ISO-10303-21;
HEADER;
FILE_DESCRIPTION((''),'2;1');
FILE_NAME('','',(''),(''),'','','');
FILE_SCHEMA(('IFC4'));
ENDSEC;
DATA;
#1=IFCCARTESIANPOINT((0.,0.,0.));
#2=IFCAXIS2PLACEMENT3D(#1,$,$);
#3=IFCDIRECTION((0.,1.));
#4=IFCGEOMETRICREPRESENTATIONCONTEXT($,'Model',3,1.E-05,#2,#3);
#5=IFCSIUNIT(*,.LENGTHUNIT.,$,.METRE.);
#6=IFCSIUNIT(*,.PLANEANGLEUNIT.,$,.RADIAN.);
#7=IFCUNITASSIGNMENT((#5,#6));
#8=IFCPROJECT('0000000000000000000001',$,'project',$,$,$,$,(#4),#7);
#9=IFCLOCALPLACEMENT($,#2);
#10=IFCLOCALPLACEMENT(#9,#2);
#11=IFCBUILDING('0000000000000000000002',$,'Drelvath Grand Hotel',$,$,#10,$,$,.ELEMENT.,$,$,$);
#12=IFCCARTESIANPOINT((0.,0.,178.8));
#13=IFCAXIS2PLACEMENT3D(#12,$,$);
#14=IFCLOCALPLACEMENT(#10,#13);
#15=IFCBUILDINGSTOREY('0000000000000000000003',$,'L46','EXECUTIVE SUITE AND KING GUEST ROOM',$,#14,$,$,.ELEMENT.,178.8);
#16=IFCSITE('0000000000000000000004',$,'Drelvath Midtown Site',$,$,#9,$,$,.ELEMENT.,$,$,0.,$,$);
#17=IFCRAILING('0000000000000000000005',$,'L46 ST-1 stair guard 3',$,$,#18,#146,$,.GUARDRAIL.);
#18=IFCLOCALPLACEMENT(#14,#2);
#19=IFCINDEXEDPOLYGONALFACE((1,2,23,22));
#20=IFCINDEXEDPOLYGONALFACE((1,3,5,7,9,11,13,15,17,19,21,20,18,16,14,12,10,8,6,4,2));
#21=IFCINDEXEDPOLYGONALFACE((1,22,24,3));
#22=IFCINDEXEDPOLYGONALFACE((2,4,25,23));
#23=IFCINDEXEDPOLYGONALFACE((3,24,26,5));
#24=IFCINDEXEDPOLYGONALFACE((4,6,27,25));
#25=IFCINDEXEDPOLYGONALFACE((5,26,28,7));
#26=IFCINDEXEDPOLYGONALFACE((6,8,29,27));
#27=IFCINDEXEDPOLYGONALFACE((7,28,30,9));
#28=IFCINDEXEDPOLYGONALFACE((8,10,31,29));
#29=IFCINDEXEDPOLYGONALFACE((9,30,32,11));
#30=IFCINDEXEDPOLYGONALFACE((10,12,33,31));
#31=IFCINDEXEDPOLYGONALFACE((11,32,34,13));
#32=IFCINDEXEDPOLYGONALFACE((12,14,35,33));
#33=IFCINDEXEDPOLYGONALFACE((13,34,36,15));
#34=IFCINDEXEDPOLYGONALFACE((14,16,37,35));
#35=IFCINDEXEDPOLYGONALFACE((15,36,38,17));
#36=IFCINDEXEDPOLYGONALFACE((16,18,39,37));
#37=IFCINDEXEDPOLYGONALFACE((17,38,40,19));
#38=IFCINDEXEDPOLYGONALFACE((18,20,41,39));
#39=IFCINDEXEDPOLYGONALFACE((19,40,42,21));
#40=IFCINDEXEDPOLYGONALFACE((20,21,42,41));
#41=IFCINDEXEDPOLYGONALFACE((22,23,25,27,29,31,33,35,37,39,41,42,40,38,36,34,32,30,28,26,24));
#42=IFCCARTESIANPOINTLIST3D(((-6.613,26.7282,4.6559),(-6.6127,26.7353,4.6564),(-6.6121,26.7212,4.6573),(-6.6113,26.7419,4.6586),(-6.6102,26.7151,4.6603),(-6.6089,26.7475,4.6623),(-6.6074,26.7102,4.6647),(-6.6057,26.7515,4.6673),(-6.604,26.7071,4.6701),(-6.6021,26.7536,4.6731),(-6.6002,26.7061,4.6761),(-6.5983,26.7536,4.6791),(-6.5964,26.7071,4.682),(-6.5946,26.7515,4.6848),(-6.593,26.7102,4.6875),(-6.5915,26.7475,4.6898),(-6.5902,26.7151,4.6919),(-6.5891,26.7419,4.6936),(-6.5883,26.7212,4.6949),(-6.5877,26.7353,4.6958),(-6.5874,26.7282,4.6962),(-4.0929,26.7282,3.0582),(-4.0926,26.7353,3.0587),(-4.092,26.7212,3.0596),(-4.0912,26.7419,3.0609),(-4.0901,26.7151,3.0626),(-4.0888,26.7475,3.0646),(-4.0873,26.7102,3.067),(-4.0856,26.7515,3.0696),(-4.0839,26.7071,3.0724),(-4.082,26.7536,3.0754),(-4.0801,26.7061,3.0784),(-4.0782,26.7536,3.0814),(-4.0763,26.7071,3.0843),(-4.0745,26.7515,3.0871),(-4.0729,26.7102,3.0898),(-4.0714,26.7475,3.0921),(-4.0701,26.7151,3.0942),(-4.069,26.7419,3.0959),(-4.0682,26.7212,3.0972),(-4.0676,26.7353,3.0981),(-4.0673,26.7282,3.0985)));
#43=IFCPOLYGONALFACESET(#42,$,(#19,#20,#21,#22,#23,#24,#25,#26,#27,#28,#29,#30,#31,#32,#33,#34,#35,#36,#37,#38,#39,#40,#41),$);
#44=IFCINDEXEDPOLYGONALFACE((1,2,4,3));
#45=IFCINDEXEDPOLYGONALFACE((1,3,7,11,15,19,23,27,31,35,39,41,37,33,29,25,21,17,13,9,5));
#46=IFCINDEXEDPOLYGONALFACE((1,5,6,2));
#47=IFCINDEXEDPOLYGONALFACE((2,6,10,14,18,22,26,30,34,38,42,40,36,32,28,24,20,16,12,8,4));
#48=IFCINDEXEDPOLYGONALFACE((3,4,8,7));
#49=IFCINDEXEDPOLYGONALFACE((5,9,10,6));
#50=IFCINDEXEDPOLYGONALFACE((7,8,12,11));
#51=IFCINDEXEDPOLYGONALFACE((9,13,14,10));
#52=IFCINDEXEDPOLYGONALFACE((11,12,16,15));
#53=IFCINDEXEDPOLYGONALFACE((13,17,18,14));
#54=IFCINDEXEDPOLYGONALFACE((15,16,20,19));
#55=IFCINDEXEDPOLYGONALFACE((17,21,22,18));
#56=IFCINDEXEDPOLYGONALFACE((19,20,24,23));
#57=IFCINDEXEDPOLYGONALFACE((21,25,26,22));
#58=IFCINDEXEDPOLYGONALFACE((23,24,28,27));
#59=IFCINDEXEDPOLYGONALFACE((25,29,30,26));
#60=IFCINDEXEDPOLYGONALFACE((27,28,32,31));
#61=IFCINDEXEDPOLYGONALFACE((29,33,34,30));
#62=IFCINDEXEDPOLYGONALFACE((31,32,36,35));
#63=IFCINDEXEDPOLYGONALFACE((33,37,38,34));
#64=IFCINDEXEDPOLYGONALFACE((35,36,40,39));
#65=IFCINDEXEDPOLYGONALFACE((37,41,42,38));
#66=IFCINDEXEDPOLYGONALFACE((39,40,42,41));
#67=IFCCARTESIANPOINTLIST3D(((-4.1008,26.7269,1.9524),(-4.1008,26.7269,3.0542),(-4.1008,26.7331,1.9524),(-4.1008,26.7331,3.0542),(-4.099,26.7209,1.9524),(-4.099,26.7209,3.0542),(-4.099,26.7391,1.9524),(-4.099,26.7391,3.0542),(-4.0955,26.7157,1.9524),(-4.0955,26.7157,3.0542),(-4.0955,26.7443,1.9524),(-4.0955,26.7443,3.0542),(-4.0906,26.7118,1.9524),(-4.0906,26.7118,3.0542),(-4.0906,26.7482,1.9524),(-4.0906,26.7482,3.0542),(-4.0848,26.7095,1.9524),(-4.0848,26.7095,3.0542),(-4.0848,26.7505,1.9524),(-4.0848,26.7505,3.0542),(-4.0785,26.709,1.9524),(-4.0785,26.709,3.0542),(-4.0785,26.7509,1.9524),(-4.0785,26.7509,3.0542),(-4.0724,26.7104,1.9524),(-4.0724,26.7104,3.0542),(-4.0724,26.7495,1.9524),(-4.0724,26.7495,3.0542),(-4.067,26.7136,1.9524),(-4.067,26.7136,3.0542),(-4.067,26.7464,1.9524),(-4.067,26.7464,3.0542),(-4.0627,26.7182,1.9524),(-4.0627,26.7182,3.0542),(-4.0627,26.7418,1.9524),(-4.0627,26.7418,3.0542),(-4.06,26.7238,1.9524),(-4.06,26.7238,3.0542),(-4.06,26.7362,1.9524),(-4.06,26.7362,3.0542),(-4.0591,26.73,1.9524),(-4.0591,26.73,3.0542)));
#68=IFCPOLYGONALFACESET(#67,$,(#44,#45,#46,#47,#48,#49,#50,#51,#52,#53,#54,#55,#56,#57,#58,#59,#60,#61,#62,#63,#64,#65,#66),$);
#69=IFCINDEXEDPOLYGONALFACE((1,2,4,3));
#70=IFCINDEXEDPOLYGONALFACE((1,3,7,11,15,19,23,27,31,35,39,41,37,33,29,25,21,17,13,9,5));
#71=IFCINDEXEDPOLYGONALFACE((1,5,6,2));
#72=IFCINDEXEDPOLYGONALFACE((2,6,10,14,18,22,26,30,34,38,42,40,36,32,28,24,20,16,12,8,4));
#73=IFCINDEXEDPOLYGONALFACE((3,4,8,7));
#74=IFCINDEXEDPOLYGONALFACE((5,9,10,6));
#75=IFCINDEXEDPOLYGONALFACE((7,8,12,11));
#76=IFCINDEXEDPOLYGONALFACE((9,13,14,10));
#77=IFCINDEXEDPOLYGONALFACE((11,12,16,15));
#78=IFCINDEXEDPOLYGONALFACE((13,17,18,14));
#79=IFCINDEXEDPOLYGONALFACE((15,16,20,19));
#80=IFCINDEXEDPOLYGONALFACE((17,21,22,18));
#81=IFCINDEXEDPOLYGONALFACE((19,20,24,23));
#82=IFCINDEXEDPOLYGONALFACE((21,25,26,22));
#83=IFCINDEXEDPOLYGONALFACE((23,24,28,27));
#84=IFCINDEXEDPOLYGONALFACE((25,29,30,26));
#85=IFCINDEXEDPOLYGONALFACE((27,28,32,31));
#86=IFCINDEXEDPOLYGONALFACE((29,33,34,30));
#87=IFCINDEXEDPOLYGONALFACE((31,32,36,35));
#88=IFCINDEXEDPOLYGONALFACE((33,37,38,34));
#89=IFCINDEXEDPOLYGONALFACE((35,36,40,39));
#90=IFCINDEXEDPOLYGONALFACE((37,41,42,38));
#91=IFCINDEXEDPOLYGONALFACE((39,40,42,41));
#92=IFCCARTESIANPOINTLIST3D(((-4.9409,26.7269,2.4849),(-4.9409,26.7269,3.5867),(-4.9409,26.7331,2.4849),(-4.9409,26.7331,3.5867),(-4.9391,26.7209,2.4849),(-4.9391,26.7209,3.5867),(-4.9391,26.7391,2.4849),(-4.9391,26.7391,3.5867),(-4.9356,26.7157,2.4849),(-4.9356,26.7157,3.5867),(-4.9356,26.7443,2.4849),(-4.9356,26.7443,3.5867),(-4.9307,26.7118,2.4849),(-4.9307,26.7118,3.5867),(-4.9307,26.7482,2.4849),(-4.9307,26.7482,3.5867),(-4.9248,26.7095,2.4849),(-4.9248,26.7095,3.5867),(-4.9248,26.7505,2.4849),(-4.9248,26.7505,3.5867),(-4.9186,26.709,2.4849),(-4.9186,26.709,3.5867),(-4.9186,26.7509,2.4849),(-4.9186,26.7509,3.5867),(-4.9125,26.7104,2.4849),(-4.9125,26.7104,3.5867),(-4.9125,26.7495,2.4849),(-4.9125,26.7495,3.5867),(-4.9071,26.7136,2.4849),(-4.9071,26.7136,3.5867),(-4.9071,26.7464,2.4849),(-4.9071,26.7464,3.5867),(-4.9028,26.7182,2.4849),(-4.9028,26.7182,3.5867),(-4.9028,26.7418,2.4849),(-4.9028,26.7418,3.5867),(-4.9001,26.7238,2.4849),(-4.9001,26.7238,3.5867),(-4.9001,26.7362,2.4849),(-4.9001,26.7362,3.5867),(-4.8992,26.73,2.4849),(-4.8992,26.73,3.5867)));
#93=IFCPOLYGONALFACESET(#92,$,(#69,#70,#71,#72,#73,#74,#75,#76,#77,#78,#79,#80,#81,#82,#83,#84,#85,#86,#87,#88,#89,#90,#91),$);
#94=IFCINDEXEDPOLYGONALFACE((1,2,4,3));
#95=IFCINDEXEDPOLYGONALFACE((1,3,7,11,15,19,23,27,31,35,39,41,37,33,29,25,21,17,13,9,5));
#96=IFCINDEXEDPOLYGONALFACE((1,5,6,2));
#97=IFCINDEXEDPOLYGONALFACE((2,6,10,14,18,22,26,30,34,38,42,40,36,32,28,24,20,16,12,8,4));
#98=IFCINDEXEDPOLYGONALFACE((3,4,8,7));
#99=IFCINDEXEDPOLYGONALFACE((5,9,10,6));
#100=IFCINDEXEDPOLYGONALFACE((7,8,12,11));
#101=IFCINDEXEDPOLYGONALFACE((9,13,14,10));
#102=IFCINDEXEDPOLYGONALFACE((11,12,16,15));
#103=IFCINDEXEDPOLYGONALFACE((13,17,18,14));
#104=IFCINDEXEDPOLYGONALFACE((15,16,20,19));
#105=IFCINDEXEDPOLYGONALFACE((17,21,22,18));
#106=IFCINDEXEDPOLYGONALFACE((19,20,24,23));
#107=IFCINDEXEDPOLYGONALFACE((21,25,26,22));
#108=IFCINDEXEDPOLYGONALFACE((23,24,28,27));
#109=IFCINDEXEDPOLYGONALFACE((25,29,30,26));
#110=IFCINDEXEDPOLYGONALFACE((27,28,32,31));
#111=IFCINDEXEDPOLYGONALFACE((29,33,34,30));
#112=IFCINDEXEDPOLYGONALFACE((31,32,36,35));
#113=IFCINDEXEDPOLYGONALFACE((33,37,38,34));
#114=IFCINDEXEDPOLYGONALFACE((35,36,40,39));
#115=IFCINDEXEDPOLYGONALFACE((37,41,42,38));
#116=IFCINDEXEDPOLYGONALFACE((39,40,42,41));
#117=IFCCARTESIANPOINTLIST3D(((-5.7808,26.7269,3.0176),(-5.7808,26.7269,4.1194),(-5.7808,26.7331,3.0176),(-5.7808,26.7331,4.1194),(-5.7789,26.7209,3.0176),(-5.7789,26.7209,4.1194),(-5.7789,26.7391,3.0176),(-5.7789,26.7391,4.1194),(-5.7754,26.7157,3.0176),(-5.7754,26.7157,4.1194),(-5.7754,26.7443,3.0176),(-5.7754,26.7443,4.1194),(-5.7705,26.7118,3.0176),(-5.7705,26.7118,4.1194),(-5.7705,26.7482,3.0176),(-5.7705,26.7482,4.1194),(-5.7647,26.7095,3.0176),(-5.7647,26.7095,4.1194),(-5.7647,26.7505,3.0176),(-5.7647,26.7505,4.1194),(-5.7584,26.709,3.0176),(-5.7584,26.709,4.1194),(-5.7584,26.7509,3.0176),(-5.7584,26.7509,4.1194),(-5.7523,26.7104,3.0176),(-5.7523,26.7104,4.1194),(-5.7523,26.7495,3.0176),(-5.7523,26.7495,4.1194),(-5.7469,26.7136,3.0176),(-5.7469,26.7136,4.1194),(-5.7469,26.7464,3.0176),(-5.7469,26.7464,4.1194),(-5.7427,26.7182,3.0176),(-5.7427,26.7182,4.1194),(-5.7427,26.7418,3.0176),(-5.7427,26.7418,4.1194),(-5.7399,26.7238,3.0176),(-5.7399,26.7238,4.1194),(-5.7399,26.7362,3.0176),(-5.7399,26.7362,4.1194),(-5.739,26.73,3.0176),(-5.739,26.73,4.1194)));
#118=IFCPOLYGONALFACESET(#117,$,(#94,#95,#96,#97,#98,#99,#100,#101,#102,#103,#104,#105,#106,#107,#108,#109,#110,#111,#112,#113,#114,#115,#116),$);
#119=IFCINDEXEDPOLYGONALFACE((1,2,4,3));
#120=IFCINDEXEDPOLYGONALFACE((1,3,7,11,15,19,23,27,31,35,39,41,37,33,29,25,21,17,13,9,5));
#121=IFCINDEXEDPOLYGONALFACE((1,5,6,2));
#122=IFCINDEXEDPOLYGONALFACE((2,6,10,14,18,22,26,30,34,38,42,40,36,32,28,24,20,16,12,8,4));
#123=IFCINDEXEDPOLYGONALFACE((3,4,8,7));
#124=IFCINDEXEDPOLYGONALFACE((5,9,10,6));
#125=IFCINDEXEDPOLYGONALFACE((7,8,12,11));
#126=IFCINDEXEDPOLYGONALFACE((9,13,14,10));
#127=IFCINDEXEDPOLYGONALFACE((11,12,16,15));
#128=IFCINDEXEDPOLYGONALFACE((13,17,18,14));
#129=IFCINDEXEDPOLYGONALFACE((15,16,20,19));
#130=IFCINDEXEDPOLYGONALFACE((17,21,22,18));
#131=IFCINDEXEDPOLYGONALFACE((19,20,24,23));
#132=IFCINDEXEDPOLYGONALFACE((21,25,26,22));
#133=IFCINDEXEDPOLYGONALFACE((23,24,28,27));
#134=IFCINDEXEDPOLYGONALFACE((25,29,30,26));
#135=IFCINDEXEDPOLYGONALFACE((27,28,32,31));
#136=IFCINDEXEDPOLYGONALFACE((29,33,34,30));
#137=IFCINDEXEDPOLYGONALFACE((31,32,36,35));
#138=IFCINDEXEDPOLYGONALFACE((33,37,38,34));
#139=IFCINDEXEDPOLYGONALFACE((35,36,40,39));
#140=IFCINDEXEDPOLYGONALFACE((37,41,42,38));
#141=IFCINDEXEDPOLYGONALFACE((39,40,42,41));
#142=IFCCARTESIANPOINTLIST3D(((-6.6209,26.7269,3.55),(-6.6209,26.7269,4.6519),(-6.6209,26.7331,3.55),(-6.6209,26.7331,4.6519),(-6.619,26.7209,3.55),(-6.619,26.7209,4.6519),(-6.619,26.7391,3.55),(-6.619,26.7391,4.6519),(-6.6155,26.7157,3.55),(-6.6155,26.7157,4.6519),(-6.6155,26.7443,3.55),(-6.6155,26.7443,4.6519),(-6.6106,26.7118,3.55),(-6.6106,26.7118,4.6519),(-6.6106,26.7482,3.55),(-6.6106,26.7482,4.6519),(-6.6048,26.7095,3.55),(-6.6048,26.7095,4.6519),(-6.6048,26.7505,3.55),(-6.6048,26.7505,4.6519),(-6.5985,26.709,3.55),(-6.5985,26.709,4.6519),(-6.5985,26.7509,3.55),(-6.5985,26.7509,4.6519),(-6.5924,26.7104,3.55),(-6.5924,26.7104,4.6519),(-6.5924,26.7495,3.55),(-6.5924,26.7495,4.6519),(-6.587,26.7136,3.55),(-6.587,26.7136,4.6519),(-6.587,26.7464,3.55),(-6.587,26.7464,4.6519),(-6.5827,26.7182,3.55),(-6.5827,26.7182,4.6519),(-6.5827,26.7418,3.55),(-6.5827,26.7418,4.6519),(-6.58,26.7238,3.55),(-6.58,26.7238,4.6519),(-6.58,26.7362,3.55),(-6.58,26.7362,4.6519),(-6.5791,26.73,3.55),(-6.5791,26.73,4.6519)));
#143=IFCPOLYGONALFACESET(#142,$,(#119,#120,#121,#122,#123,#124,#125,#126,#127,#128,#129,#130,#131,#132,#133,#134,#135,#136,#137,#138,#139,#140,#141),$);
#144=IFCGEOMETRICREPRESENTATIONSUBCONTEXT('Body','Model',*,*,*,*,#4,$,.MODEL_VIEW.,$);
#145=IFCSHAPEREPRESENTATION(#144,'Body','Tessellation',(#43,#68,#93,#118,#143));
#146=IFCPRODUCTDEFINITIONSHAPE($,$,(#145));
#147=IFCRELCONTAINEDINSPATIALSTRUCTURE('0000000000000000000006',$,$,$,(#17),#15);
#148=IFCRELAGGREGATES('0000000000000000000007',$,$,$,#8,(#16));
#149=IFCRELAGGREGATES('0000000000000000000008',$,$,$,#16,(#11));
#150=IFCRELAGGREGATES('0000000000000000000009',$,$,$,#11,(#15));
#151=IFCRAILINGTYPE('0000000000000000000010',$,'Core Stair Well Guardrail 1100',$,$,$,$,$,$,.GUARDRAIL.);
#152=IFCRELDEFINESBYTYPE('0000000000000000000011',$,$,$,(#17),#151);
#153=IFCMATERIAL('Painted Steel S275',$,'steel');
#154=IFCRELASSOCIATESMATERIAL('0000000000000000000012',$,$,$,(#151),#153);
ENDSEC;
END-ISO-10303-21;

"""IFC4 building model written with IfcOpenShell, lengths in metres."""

from ifc_helpers import new_model, si_unit, direction, frame, origin, origin_2d, place, context, subcontext, project, spatial, circle, extrude, material, type_object, element, save


model = new_model("IFC4")

# Units and contexts
model_context = context("Model", 3, precision=1e-05, world=origin(), true_north=direction((0.0, 1.0)))
body_context = subcontext(model_context, "Body", "Model", "MODEL_VIEW")
ifc_project = project(units=[si_unit("LENGTHUNIT", "METRE"), si_unit("PLANEANGLEUNIT", "RADIAN")], contexts=[model_context])

# Site, building, storey
site_placement = place(None, origin())
site = spatial("IfcSite", under=ifc_project, at=site_placement, Name="Drelvath Midtown Site", CompositionType="ELEMENT", RefElevation=0.0)
building_placement = place(site_placement, origin())
building = spatial("IfcBuilding", under=site, at=building_placement, Name="Drelvath Grand Hotel", CompositionType="ELEMENT")
storey_placement = place(building_placement, frame((0.0, 0.0, 178.8)))
storey = spatial("IfcBuildingStorey", under=building, at=storey_placement, Name="L46", Description="EXECUTIVE SUITE AND KING GUEST ROOM", CompositionType="ELEMENT", Elevation=178.8)

# Shared definitions
ifc_material_1 = material(Name="Painted Steel S275", Category="steel")

# Railing
railing_type_1 = type_object("IfcRailingType", Name="Core Stair Well Guardrail 1100", PredefinedType="GUARDRAIL", material=ifc_material_1)
railing_1_placement = place(storey_placement, frame((-4.0801, 26.73, 1.9524)))
element("IfcRailing", 1, at=railing_1_placement, inside=storey, type_object=railing_type_1, Name="L46 ST-1 stair guard 3", PredefinedType="GUARDRAIL", context=body_context, shape_type="SweptSolid", body=[
    extrude(circle(Radius=0.0239, at=origin_2d()), frame((0.0, 0.0, 1.126), z_axis=(-0.84457, 0.0, 0.535445), x_axis=(0.0, -1.0, 0.0)), (0.0, 0.0, 1.0), 2.9839),
    extrude(circle(Radius=0.021, at=origin_2d()), origin(), (0.0, 0.0, 1.0), 1.1018),
    extrude(circle(Radius=0.021, at=origin_2d()), frame((-0.8401, 0.0, 0.5325)), (0.0, 0.0, 1.0), 1.1018),
    extrude(circle(Radius=0.021, at=origin_2d()), frame((-1.6799, 0.0, 1.0652)), (0.0, 0.0, 1.0), 1.1018),
    extrude(circle(Radius=0.021, at=origin_2d()), frame((-2.52, 0.0, 1.5977)), (0.0, 0.0, 1.0), 1.1018),
])

save(model, "model.ifc")
